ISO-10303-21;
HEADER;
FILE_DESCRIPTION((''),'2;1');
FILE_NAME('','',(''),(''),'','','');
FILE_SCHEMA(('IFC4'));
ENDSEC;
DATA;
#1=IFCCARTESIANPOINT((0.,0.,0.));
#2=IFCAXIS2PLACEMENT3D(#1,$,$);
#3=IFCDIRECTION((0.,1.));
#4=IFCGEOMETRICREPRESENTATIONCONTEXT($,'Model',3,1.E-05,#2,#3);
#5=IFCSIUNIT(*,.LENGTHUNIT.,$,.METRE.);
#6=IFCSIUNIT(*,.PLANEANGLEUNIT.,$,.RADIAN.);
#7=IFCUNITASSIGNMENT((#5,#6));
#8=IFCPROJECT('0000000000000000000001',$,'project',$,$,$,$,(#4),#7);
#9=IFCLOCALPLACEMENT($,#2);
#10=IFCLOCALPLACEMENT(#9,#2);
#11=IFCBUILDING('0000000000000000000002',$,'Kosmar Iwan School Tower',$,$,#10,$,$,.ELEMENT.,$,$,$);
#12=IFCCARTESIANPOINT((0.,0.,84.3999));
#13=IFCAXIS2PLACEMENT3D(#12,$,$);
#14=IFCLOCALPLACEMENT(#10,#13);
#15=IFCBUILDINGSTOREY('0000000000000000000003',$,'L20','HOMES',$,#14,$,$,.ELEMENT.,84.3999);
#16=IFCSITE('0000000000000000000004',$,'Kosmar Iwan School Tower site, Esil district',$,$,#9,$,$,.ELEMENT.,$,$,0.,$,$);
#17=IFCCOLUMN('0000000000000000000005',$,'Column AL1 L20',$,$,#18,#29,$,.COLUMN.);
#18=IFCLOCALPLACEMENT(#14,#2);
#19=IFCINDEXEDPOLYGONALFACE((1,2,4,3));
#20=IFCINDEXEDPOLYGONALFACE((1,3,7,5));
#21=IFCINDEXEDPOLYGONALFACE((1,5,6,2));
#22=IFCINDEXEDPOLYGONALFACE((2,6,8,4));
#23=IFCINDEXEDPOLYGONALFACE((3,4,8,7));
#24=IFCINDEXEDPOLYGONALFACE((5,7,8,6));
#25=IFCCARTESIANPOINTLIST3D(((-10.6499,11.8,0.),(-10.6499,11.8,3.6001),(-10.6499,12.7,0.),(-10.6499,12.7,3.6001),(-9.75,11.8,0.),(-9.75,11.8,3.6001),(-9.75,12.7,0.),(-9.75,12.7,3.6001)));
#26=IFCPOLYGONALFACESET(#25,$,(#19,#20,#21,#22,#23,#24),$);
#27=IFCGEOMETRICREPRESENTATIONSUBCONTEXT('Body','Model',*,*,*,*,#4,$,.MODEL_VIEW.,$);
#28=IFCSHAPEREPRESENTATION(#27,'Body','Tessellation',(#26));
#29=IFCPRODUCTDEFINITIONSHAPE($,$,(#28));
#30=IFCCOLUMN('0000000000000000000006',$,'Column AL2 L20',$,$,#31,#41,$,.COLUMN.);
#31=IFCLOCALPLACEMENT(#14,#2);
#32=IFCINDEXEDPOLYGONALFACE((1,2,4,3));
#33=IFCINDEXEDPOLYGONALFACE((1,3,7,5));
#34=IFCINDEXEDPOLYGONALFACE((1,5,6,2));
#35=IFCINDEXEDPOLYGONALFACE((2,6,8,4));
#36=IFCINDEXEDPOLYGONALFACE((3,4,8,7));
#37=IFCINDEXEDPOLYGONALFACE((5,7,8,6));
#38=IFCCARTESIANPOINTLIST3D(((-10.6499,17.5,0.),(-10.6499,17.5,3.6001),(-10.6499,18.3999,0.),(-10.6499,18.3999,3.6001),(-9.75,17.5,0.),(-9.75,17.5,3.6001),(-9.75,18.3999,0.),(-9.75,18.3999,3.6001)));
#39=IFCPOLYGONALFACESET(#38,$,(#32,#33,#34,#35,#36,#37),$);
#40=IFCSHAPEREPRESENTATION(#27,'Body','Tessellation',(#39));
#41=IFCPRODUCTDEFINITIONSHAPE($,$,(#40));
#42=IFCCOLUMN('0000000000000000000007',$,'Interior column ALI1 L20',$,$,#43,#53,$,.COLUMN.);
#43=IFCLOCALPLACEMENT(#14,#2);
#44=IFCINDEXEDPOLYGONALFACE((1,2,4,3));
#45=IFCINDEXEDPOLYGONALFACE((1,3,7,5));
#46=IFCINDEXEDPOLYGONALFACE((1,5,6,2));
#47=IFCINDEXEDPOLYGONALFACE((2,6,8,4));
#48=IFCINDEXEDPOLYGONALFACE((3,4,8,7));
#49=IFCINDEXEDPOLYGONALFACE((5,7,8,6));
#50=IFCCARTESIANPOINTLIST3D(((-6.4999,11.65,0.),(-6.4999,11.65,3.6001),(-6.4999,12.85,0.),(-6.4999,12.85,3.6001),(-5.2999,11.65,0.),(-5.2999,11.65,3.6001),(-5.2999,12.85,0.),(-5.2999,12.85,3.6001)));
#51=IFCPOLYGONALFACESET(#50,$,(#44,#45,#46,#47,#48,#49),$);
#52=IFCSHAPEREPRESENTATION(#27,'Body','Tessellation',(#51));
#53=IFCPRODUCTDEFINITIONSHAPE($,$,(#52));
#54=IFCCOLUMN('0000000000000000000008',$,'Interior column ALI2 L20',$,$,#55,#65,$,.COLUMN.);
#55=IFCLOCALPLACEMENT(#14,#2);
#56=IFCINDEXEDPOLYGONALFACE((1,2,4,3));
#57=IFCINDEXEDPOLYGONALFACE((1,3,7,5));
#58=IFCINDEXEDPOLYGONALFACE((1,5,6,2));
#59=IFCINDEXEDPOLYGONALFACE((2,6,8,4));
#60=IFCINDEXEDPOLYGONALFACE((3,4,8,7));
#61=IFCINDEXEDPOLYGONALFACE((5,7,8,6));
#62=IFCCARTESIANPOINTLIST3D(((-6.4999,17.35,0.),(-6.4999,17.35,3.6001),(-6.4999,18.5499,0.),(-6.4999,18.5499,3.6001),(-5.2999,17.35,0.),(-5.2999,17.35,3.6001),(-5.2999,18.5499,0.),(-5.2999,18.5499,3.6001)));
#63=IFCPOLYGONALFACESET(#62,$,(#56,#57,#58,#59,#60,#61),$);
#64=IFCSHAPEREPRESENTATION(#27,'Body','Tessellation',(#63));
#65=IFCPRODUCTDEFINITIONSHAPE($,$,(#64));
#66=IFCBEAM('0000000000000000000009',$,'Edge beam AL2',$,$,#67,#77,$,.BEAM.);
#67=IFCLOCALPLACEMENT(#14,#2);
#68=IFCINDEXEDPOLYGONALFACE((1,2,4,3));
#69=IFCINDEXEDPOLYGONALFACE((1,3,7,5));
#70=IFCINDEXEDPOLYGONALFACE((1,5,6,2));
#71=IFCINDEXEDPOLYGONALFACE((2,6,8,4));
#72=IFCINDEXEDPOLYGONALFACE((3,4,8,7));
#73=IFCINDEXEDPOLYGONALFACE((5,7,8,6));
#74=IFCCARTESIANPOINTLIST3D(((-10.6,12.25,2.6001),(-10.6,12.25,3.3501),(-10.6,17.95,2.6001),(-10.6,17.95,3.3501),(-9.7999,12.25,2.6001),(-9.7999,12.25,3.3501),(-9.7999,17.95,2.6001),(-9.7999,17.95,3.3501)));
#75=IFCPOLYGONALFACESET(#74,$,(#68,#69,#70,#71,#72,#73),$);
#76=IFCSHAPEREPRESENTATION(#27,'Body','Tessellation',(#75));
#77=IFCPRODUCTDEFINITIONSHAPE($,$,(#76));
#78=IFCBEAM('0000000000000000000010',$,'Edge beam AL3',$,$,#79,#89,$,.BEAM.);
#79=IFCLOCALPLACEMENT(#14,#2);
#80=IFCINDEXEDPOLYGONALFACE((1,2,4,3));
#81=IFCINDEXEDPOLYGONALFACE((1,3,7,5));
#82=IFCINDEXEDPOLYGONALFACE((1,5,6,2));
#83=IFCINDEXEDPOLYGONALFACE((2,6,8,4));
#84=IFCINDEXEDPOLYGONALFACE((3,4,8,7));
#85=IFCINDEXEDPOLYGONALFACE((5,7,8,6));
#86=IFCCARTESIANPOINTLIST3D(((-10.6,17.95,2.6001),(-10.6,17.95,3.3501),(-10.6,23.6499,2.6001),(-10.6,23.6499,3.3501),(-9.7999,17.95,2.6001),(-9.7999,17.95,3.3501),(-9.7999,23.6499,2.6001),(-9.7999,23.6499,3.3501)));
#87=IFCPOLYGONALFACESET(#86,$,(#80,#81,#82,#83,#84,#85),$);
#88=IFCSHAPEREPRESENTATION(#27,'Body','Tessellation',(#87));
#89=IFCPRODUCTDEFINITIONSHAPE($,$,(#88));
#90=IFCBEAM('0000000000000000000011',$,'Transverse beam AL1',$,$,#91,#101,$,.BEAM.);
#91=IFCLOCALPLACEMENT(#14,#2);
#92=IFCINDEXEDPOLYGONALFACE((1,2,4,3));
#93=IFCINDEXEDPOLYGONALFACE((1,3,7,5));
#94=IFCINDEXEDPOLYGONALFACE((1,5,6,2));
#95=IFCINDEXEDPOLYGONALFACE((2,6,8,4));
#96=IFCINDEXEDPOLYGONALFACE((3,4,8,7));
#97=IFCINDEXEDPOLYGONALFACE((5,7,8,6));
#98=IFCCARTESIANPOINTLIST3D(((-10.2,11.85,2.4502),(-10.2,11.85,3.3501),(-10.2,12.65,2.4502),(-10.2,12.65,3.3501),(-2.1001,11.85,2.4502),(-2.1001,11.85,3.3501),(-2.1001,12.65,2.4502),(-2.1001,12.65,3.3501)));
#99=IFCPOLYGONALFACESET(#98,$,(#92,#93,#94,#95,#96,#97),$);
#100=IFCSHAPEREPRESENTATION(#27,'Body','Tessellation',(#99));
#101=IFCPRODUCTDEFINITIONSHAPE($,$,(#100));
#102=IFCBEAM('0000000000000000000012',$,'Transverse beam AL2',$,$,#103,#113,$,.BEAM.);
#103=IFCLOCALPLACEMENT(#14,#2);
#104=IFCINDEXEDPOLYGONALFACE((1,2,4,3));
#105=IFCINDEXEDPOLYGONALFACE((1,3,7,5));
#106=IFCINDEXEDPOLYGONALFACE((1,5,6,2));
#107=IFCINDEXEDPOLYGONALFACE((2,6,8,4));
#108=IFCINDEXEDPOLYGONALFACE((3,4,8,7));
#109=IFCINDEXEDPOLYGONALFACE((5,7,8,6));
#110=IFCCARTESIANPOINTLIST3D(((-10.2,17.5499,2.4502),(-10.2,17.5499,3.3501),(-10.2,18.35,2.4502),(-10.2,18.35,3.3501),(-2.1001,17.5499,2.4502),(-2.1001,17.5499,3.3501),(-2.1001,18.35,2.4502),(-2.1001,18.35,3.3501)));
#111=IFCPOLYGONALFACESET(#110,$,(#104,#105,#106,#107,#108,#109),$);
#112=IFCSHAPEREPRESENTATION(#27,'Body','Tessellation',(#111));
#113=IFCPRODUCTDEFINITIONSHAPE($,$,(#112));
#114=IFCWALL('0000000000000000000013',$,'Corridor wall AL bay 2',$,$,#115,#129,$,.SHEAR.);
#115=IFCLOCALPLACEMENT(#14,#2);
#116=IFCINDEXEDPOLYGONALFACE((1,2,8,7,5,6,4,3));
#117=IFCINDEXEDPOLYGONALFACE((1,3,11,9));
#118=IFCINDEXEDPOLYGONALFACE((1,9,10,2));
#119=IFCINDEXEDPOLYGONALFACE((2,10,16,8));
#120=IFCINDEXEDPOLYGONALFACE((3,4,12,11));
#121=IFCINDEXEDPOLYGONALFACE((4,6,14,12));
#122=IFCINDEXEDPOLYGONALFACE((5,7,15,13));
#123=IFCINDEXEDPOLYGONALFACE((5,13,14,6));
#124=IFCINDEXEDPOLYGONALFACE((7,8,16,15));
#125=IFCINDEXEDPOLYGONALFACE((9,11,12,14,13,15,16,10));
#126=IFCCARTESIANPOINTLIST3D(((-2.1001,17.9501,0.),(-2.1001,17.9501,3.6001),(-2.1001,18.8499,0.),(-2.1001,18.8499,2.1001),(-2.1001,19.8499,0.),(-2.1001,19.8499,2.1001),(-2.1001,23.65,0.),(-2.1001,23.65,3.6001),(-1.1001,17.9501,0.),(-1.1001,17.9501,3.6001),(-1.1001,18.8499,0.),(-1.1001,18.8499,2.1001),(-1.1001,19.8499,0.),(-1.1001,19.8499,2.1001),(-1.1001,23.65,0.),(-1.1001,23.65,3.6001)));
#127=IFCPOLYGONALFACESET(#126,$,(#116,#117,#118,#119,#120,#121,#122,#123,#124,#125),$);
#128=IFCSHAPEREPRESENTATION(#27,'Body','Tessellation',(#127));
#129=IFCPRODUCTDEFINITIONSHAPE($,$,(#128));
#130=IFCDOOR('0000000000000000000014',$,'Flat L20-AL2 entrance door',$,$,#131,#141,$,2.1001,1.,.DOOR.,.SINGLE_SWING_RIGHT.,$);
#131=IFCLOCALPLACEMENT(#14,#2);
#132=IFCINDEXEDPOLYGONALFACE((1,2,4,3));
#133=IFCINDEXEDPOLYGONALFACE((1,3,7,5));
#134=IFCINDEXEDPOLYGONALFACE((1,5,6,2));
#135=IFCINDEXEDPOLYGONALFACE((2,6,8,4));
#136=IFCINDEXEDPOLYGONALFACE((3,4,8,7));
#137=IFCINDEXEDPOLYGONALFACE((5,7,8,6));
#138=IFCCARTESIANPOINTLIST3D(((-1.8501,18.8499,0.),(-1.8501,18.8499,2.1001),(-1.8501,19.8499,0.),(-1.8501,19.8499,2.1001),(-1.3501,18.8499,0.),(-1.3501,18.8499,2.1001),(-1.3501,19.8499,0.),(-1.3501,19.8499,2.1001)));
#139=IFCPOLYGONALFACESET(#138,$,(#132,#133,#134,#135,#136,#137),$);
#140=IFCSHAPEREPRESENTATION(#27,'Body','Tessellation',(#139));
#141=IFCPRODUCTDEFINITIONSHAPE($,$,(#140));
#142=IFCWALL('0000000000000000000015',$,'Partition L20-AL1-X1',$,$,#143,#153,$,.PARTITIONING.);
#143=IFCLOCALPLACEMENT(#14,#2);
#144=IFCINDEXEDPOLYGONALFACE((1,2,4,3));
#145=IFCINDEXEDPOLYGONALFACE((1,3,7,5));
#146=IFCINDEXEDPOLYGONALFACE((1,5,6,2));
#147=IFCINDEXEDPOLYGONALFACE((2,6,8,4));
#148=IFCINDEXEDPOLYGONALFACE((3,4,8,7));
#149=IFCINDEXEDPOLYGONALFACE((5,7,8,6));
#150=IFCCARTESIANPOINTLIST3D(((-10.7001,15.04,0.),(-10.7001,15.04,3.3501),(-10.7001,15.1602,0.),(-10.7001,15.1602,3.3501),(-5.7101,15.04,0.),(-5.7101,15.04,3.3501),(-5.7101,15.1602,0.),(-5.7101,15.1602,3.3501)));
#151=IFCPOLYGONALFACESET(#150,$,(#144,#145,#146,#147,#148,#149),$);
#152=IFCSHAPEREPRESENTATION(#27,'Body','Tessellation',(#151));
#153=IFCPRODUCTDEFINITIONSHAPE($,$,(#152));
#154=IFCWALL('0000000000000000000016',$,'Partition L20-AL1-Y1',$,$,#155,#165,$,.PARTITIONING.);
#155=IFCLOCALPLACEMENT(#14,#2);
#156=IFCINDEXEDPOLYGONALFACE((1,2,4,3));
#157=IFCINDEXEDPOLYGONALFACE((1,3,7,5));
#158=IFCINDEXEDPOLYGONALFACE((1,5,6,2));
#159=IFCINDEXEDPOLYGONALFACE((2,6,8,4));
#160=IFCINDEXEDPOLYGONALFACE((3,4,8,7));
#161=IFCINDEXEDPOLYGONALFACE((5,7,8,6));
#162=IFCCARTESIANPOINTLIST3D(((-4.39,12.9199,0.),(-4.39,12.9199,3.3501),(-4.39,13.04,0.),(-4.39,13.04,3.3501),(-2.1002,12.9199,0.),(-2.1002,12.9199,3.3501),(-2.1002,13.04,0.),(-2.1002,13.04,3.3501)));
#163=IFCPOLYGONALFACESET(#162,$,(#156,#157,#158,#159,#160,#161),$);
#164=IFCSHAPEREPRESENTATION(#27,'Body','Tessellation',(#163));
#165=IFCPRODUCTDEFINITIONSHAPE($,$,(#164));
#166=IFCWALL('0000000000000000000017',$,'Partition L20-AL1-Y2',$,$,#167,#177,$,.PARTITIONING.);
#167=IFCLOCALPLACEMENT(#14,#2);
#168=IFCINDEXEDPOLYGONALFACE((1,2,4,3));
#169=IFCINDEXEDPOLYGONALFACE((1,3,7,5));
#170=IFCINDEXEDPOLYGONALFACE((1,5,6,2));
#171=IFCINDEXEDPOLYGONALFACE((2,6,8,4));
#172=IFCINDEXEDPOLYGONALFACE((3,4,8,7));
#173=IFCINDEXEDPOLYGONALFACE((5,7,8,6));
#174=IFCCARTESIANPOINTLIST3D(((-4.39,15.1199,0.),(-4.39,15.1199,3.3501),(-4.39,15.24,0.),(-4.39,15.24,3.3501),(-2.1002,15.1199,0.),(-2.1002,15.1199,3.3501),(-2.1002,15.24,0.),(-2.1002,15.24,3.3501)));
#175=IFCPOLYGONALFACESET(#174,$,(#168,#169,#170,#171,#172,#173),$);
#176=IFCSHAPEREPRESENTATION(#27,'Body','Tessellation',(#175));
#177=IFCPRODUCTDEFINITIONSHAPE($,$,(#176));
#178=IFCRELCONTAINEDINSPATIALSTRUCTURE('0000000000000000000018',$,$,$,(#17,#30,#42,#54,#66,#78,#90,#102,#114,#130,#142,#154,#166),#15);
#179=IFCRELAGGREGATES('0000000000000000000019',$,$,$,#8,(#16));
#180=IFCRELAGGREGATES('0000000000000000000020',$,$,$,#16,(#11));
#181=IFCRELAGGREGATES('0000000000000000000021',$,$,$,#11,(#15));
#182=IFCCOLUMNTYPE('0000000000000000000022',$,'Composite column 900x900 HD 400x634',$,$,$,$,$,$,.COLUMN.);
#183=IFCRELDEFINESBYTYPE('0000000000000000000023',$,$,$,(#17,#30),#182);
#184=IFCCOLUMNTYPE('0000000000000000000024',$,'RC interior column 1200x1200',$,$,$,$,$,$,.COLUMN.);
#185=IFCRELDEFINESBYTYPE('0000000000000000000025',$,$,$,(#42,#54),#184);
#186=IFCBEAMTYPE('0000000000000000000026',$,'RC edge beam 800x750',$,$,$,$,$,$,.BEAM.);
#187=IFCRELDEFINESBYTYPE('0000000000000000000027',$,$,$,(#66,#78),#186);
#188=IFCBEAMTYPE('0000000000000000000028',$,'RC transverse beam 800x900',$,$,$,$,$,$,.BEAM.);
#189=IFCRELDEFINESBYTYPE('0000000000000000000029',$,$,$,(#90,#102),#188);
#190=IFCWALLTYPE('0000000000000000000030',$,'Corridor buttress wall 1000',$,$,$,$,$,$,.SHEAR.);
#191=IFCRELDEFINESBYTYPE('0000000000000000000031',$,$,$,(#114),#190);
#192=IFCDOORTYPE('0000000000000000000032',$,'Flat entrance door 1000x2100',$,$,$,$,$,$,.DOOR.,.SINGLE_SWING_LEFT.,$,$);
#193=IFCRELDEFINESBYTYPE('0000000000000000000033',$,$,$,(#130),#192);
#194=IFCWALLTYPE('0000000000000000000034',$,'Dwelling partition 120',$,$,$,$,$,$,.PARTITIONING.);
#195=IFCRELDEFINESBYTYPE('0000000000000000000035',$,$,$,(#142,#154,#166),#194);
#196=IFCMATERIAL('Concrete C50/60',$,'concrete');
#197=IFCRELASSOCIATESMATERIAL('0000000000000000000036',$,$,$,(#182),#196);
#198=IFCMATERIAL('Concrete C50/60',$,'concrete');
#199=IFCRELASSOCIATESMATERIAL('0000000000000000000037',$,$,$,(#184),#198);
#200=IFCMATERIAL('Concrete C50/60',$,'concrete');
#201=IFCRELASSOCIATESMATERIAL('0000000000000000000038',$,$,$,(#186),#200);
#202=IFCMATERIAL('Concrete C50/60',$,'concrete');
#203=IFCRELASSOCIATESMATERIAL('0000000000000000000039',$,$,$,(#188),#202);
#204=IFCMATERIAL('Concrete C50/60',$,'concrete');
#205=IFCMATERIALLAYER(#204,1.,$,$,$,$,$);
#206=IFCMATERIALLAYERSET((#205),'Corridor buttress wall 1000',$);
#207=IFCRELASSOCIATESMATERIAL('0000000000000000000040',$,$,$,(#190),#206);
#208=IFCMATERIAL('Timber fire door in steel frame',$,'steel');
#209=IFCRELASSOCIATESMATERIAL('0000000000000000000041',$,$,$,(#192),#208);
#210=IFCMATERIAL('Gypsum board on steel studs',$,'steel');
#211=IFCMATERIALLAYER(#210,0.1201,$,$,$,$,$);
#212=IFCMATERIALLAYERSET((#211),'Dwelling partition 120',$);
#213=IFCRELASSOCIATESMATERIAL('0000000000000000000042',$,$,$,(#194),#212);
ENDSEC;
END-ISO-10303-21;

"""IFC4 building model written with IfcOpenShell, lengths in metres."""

from ifc_helpers import new_model, si_unit, direction, frame, frame_2d, origin, origin_2d, place, context, subcontext, project, spatial, rectangle, extrude, material, layer, layer_set, material_profile, profile_set, type_object, element, fill, save


model = new_model("IFC4")

# Units and contexts
model_context = context("Model", 3, precision=1e-05, world=origin(), true_north=direction((0.0, 1.0)))
body_context = subcontext(model_context, "Body", "Model", "MODEL_VIEW")
ifc_project = project(units=[si_unit("LENGTHUNIT", "METRE"), si_unit("PLANEANGLEUNIT", "RADIAN")], contexts=[model_context])

# Site, building, storey
site_placement = place(None, origin())
site = spatial("IfcSite", under=ifc_project, at=site_placement, Name="Kosmar Iwan School Tower site, Esil district", CompositionType="ELEMENT", RefElevation=0.0)
building_placement = place(site_placement, origin())
building = spatial("IfcBuilding", under=site, at=building_placement, Name="Kosmar Iwan School Tower", CompositionType="ELEMENT")
storey_placement = place(building_placement, frame((0.0, 0.0, 84.3999)))
storey = spatial("IfcBuildingStorey", under=building, at=storey_placement, Name="L20", Description="HOMES", CompositionType="ELEMENT", Elevation=84.3999)

# Columns
ifc_material_1 = material(Name="Concrete C50/60", Category="concrete")
ifc_material_profile_1 = material_profile(ifc_material_1, rectangle(XDim=0.8999, YDim=0.8999, at=origin_2d()), Name="RC 900x900 + HD 400x634")
ifc_profile_set_1 = profile_set([ifc_material_profile_1], Name="Concrete C50/60")
column_type_1 = type_object("IfcColumnType", Name="Composite column 900x900 HD 400x634", PredefinedType="COLUMN", material=ifc_profile_set_1)
for number, where, z_axis, x_axis, name in (
    (1, (-10.2, 12.25, 0.0), (0.0, 0.0, 1.0), (0.0, 1.0, 0.0), "Column AL1 L20"),
    (2, (-10.2, 17.95, 0.0), (0.0, 0.0, 1.0), (0.0, 1.0, 0.0), "Column AL2 L20"),
):
    element("IfcColumn", number, at=place(storey_placement, frame(where, z_axis=z_axis, x_axis=x_axis)), inside=storey, type_object=column_type_1, Name=name, PredefinedType="COLUMN", context=body_context, shape_type="SweptSolid", body=[
        extrude(rectangle(XDim=0.8999, YDim=0.8999, at=origin_2d()), origin(), (0.0, 0.0, 1.0), 3.6001),
    ])
ifc_material_2 = material(Name="Concrete C50/60", Category="concrete")
ifc_material_profile_2 = material_profile(ifc_material_2, rectangle(XDim=1.2, YDim=1.2, at=origin_2d()), Name="RC 1200x1200")
ifc_profile_set_2 = profile_set([ifc_material_profile_2], Name="Concrete C50/60")
column_type_2 = type_object("IfcColumnType", Name="RC interior column 1200x1200", PredefinedType="COLUMN", material=ifc_profile_set_2)
for number, where, z_axis, x_axis, name in (
    (3, (-5.8999, 12.25, 0.0), (0.0, 0.0, 1.0), (0.0, 1.0, 0.0), "Interior column ALI1 L20"),
    (4, (-5.8999, 17.95, 0.0), (0.0, 0.0, 1.0), (0.0, 1.0, 0.0), "Interior column ALI2 L20"),
):
    element("IfcColumn", number, at=place(storey_placement, frame(where, z_axis=z_axis, x_axis=x_axis)), inside=storey, type_object=column_type_2, Name=name, PredefinedType="COLUMN", context=body_context, shape_type="SweptSolid", body=[
        extrude(rectangle(XDim=1.2, YDim=1.2, at=origin_2d()), origin(), (0.0, 0.0, 1.0), 3.6001),
    ])

# Beams
ifc_material_3 = material(Name="Concrete C50/60", Category="concrete")
ifc_material_profile_3 = material_profile(ifc_material_3, rectangle(XDim=0.8, YDim=0.75, at=origin_2d()), Name="RC 800x750")
ifc_profile_set_3 = profile_set([ifc_material_profile_3], Name="Concrete C50/60")
beam_type_1 = type_object("IfcBeamType", Name="RC edge beam 800x750", PredefinedType="BEAM", material=ifc_profile_set_3)
for number, where, z_axis, x_axis, name in (
    (5, (-10.2, 12.25, 2.9751), (0.0, 1.0, 0.0), (-1.0, 0.0, 0.0), "Edge beam AL2"),
    (6, (-10.2, 17.95, 2.9751), (0.0, 1.0, 0.0), (-1.0, 0.0, 0.0), "Edge beam AL3"),
):
    element("IfcBeam", number, at=place(storey_placement, frame(where, z_axis=z_axis, x_axis=x_axis)), inside=storey, type_object=beam_type_1, Name=name, PredefinedType="BEAM", context=body_context, shape_type="SweptSolid", body=[
        extrude(rectangle(XDim=0.8, YDim=0.75, at=origin_2d()), origin(), (0.0, 0.0, 1.0), 5.7),
    ])
ifc_material_4 = material(Name="Concrete C50/60", Category="concrete")
ifc_material_profile_4 = material_profile(ifc_material_4, rectangle(XDim=0.8, YDim=0.8999, at=origin_2d()), Name="RC 800x900")
ifc_profile_set_4 = profile_set([ifc_material_profile_4], Name="Concrete C50/60")
beam_type_2 = type_object("IfcBeamType", Name="RC transverse beam 800x900", PredefinedType="BEAM", material=ifc_profile_set_4)
for number, where, z_axis, x_axis, name in (
    (7, (-10.2, 12.25, 2.9001), (1.0, 0.0, 0.0), (0.0, 1.0, 0.0), "Transverse beam AL1"),
    (8, (-10.2, 17.95, 2.9001), (1.0, 0.0, 0.0), (0.0, 1.0, 0.0), "Transverse beam AL2"),
):
    element("IfcBeam", number, at=place(storey_placement, frame(where, z_axis=z_axis, x_axis=x_axis)), inside=storey, type_object=beam_type_2, Name=name, PredefinedType="BEAM", context=body_context, shape_type="SweptSolid", body=[
        extrude(rectangle(XDim=0.8, YDim=0.8999, at=origin_2d()), origin(), (0.0, 0.0, 1.0), 8.0999),
    ])

# Wall, opening, door
ifc_material_5 = material(Name="Concrete C50/60", Category="concrete")
ifc_layer_1 = layer(ifc_material_5, 1.0)
ifc_layer_set_1 = layer_set([ifc_layer_1], Name="Corridor buttress wall 1000")
wall_type_1 = type_object("IfcWallType", Name="Corridor buttress wall 1000", PredefinedType="SHEAR", material=ifc_layer_set_1)
wall_1_placement = place(storey_placement, frame((-1.6001, 17.95, 0.0), z_axis=(0.0, 0.0, 1.0), x_axis=(0.0, 1.0, 0.0)))
wall_1 = element("IfcWall", 9, at=wall_1_placement, inside=storey, type_object=wall_type_1, Name="Corridor wall AL bay 2", PredefinedType="SHEAR", context=body_context, shape_type="SweptSolid", body=[
    extrude(rectangle(XDim=5.7, YDim=1.0, at=frame_2d((2.8501, 0.0))), origin(), (0.0, 0.0, 1.0), 3.6001),
])
opening_1_placement = place(wall_1_placement, frame((0.8999, 0.0, 0.0)))
opening_1 = element("IfcOpeningElement", 10, at=opening_1_placement, cuts=wall_1, PredefinedType="OPENING", context=body_context, shape_type="SweptSolid", body=[
    extrude(rectangle(XDim=1.0, YDim=2.1001, at=frame_2d((0.5, 1.05))), frame((0.0, 0.512, 0.0), z_axis=(0.0, -1.0, 0.0), x_axis=(1.0, 0.0, 0.0)), (0.0, 0.0, 1.0), 1.0239),
])
ifc_material_6 = material(Name="Timber fire door in steel frame", Category="steel")
door_type_1 = type_object("IfcDoorType", Name="Flat entrance door 1000x2100", OperationType="SINGLE_SWING_LEFT", PredefinedType="DOOR", material=ifc_material_6)
door_1_placement = place(opening_1_placement, origin())
door_1 = element("IfcDoor", 11, at=door_1_placement, inside=storey, type_object=door_type_1, Name="Flat L20-AL2 entrance door", OperationType="SINGLE_SWING_RIGHT", OverallHeight=2.1001, OverallWidth=1.0, PredefinedType="DOOR", context=body_context, shape_type="SweptSolid", body=[
    extrude(rectangle(XDim=1.0, YDim=2.1001, at=frame_2d((0.5, 1.05))), frame((0.0, 0.25, 0.0), z_axis=(0.0, -1.0, 0.0), x_axis=(1.0, 0.0, 0.0)), (0.0, 0.0, 1.0), 0.5),
])
fill(opening_1, door_1)

# Walls
ifc_material_7 = material(Name="Gypsum board on steel studs", Category="steel")
ifc_layer_2 = layer(ifc_material_7, 0.1201)
ifc_layer_set_2 = layer_set([ifc_layer_2], Name="Dwelling partition 120")
wall_type_2 = type_object("IfcWallType", Name="Dwelling partition 120", PredefinedType="PARTITIONING", material=ifc_layer_set_2)
wall_2_placement = place(storey_placement, frame((-5.71, 15.1001, 0.0), z_axis=(0.0, 0.0, 1.0), x_axis=(-1.0, 0.0, 0.0)))
element("IfcWall", 12, at=wall_2_placement, inside=storey, type_object=wall_type_2, Name="Partition L20-AL1-X1", PredefinedType="PARTITIONING", context=body_context, shape_type="SweptSolid", body=[
    extrude(rectangle(XDim=4.99, YDim=0.1201, at=frame_2d((2.4951, 0.0))), origin(), (0.0, 0.0, 1.0), 3.3501),
])
for number, where, z_axis, x_axis, name in (
    (13, (-2.1001, 12.98, 0.0), (0.0, 0.0, 1.0), (-1.0, 0.0, 0.0), "Partition L20-AL1-Y1"),
    (14, (-2.1001, 15.1799, 0.0), (0.0, 0.0, 1.0), (-1.0, 0.0, 0.0), "Partition L20-AL1-Y2"),
):
    element("IfcWall", number, at=place(storey_placement, frame(where, z_axis=z_axis, x_axis=x_axis)), inside=storey, type_object=wall_type_2, Name=name, PredefinedType="PARTITIONING", context=body_context, shape_type="SweptSolid", body=[
        extrude(rectangle(XDim=2.2898, YDim=0.1201, at=frame_2d((1.145, 0.0))), origin(), (0.0, 0.0, 1.0), 3.3501),
    ])

save(model, "model.ifc")
